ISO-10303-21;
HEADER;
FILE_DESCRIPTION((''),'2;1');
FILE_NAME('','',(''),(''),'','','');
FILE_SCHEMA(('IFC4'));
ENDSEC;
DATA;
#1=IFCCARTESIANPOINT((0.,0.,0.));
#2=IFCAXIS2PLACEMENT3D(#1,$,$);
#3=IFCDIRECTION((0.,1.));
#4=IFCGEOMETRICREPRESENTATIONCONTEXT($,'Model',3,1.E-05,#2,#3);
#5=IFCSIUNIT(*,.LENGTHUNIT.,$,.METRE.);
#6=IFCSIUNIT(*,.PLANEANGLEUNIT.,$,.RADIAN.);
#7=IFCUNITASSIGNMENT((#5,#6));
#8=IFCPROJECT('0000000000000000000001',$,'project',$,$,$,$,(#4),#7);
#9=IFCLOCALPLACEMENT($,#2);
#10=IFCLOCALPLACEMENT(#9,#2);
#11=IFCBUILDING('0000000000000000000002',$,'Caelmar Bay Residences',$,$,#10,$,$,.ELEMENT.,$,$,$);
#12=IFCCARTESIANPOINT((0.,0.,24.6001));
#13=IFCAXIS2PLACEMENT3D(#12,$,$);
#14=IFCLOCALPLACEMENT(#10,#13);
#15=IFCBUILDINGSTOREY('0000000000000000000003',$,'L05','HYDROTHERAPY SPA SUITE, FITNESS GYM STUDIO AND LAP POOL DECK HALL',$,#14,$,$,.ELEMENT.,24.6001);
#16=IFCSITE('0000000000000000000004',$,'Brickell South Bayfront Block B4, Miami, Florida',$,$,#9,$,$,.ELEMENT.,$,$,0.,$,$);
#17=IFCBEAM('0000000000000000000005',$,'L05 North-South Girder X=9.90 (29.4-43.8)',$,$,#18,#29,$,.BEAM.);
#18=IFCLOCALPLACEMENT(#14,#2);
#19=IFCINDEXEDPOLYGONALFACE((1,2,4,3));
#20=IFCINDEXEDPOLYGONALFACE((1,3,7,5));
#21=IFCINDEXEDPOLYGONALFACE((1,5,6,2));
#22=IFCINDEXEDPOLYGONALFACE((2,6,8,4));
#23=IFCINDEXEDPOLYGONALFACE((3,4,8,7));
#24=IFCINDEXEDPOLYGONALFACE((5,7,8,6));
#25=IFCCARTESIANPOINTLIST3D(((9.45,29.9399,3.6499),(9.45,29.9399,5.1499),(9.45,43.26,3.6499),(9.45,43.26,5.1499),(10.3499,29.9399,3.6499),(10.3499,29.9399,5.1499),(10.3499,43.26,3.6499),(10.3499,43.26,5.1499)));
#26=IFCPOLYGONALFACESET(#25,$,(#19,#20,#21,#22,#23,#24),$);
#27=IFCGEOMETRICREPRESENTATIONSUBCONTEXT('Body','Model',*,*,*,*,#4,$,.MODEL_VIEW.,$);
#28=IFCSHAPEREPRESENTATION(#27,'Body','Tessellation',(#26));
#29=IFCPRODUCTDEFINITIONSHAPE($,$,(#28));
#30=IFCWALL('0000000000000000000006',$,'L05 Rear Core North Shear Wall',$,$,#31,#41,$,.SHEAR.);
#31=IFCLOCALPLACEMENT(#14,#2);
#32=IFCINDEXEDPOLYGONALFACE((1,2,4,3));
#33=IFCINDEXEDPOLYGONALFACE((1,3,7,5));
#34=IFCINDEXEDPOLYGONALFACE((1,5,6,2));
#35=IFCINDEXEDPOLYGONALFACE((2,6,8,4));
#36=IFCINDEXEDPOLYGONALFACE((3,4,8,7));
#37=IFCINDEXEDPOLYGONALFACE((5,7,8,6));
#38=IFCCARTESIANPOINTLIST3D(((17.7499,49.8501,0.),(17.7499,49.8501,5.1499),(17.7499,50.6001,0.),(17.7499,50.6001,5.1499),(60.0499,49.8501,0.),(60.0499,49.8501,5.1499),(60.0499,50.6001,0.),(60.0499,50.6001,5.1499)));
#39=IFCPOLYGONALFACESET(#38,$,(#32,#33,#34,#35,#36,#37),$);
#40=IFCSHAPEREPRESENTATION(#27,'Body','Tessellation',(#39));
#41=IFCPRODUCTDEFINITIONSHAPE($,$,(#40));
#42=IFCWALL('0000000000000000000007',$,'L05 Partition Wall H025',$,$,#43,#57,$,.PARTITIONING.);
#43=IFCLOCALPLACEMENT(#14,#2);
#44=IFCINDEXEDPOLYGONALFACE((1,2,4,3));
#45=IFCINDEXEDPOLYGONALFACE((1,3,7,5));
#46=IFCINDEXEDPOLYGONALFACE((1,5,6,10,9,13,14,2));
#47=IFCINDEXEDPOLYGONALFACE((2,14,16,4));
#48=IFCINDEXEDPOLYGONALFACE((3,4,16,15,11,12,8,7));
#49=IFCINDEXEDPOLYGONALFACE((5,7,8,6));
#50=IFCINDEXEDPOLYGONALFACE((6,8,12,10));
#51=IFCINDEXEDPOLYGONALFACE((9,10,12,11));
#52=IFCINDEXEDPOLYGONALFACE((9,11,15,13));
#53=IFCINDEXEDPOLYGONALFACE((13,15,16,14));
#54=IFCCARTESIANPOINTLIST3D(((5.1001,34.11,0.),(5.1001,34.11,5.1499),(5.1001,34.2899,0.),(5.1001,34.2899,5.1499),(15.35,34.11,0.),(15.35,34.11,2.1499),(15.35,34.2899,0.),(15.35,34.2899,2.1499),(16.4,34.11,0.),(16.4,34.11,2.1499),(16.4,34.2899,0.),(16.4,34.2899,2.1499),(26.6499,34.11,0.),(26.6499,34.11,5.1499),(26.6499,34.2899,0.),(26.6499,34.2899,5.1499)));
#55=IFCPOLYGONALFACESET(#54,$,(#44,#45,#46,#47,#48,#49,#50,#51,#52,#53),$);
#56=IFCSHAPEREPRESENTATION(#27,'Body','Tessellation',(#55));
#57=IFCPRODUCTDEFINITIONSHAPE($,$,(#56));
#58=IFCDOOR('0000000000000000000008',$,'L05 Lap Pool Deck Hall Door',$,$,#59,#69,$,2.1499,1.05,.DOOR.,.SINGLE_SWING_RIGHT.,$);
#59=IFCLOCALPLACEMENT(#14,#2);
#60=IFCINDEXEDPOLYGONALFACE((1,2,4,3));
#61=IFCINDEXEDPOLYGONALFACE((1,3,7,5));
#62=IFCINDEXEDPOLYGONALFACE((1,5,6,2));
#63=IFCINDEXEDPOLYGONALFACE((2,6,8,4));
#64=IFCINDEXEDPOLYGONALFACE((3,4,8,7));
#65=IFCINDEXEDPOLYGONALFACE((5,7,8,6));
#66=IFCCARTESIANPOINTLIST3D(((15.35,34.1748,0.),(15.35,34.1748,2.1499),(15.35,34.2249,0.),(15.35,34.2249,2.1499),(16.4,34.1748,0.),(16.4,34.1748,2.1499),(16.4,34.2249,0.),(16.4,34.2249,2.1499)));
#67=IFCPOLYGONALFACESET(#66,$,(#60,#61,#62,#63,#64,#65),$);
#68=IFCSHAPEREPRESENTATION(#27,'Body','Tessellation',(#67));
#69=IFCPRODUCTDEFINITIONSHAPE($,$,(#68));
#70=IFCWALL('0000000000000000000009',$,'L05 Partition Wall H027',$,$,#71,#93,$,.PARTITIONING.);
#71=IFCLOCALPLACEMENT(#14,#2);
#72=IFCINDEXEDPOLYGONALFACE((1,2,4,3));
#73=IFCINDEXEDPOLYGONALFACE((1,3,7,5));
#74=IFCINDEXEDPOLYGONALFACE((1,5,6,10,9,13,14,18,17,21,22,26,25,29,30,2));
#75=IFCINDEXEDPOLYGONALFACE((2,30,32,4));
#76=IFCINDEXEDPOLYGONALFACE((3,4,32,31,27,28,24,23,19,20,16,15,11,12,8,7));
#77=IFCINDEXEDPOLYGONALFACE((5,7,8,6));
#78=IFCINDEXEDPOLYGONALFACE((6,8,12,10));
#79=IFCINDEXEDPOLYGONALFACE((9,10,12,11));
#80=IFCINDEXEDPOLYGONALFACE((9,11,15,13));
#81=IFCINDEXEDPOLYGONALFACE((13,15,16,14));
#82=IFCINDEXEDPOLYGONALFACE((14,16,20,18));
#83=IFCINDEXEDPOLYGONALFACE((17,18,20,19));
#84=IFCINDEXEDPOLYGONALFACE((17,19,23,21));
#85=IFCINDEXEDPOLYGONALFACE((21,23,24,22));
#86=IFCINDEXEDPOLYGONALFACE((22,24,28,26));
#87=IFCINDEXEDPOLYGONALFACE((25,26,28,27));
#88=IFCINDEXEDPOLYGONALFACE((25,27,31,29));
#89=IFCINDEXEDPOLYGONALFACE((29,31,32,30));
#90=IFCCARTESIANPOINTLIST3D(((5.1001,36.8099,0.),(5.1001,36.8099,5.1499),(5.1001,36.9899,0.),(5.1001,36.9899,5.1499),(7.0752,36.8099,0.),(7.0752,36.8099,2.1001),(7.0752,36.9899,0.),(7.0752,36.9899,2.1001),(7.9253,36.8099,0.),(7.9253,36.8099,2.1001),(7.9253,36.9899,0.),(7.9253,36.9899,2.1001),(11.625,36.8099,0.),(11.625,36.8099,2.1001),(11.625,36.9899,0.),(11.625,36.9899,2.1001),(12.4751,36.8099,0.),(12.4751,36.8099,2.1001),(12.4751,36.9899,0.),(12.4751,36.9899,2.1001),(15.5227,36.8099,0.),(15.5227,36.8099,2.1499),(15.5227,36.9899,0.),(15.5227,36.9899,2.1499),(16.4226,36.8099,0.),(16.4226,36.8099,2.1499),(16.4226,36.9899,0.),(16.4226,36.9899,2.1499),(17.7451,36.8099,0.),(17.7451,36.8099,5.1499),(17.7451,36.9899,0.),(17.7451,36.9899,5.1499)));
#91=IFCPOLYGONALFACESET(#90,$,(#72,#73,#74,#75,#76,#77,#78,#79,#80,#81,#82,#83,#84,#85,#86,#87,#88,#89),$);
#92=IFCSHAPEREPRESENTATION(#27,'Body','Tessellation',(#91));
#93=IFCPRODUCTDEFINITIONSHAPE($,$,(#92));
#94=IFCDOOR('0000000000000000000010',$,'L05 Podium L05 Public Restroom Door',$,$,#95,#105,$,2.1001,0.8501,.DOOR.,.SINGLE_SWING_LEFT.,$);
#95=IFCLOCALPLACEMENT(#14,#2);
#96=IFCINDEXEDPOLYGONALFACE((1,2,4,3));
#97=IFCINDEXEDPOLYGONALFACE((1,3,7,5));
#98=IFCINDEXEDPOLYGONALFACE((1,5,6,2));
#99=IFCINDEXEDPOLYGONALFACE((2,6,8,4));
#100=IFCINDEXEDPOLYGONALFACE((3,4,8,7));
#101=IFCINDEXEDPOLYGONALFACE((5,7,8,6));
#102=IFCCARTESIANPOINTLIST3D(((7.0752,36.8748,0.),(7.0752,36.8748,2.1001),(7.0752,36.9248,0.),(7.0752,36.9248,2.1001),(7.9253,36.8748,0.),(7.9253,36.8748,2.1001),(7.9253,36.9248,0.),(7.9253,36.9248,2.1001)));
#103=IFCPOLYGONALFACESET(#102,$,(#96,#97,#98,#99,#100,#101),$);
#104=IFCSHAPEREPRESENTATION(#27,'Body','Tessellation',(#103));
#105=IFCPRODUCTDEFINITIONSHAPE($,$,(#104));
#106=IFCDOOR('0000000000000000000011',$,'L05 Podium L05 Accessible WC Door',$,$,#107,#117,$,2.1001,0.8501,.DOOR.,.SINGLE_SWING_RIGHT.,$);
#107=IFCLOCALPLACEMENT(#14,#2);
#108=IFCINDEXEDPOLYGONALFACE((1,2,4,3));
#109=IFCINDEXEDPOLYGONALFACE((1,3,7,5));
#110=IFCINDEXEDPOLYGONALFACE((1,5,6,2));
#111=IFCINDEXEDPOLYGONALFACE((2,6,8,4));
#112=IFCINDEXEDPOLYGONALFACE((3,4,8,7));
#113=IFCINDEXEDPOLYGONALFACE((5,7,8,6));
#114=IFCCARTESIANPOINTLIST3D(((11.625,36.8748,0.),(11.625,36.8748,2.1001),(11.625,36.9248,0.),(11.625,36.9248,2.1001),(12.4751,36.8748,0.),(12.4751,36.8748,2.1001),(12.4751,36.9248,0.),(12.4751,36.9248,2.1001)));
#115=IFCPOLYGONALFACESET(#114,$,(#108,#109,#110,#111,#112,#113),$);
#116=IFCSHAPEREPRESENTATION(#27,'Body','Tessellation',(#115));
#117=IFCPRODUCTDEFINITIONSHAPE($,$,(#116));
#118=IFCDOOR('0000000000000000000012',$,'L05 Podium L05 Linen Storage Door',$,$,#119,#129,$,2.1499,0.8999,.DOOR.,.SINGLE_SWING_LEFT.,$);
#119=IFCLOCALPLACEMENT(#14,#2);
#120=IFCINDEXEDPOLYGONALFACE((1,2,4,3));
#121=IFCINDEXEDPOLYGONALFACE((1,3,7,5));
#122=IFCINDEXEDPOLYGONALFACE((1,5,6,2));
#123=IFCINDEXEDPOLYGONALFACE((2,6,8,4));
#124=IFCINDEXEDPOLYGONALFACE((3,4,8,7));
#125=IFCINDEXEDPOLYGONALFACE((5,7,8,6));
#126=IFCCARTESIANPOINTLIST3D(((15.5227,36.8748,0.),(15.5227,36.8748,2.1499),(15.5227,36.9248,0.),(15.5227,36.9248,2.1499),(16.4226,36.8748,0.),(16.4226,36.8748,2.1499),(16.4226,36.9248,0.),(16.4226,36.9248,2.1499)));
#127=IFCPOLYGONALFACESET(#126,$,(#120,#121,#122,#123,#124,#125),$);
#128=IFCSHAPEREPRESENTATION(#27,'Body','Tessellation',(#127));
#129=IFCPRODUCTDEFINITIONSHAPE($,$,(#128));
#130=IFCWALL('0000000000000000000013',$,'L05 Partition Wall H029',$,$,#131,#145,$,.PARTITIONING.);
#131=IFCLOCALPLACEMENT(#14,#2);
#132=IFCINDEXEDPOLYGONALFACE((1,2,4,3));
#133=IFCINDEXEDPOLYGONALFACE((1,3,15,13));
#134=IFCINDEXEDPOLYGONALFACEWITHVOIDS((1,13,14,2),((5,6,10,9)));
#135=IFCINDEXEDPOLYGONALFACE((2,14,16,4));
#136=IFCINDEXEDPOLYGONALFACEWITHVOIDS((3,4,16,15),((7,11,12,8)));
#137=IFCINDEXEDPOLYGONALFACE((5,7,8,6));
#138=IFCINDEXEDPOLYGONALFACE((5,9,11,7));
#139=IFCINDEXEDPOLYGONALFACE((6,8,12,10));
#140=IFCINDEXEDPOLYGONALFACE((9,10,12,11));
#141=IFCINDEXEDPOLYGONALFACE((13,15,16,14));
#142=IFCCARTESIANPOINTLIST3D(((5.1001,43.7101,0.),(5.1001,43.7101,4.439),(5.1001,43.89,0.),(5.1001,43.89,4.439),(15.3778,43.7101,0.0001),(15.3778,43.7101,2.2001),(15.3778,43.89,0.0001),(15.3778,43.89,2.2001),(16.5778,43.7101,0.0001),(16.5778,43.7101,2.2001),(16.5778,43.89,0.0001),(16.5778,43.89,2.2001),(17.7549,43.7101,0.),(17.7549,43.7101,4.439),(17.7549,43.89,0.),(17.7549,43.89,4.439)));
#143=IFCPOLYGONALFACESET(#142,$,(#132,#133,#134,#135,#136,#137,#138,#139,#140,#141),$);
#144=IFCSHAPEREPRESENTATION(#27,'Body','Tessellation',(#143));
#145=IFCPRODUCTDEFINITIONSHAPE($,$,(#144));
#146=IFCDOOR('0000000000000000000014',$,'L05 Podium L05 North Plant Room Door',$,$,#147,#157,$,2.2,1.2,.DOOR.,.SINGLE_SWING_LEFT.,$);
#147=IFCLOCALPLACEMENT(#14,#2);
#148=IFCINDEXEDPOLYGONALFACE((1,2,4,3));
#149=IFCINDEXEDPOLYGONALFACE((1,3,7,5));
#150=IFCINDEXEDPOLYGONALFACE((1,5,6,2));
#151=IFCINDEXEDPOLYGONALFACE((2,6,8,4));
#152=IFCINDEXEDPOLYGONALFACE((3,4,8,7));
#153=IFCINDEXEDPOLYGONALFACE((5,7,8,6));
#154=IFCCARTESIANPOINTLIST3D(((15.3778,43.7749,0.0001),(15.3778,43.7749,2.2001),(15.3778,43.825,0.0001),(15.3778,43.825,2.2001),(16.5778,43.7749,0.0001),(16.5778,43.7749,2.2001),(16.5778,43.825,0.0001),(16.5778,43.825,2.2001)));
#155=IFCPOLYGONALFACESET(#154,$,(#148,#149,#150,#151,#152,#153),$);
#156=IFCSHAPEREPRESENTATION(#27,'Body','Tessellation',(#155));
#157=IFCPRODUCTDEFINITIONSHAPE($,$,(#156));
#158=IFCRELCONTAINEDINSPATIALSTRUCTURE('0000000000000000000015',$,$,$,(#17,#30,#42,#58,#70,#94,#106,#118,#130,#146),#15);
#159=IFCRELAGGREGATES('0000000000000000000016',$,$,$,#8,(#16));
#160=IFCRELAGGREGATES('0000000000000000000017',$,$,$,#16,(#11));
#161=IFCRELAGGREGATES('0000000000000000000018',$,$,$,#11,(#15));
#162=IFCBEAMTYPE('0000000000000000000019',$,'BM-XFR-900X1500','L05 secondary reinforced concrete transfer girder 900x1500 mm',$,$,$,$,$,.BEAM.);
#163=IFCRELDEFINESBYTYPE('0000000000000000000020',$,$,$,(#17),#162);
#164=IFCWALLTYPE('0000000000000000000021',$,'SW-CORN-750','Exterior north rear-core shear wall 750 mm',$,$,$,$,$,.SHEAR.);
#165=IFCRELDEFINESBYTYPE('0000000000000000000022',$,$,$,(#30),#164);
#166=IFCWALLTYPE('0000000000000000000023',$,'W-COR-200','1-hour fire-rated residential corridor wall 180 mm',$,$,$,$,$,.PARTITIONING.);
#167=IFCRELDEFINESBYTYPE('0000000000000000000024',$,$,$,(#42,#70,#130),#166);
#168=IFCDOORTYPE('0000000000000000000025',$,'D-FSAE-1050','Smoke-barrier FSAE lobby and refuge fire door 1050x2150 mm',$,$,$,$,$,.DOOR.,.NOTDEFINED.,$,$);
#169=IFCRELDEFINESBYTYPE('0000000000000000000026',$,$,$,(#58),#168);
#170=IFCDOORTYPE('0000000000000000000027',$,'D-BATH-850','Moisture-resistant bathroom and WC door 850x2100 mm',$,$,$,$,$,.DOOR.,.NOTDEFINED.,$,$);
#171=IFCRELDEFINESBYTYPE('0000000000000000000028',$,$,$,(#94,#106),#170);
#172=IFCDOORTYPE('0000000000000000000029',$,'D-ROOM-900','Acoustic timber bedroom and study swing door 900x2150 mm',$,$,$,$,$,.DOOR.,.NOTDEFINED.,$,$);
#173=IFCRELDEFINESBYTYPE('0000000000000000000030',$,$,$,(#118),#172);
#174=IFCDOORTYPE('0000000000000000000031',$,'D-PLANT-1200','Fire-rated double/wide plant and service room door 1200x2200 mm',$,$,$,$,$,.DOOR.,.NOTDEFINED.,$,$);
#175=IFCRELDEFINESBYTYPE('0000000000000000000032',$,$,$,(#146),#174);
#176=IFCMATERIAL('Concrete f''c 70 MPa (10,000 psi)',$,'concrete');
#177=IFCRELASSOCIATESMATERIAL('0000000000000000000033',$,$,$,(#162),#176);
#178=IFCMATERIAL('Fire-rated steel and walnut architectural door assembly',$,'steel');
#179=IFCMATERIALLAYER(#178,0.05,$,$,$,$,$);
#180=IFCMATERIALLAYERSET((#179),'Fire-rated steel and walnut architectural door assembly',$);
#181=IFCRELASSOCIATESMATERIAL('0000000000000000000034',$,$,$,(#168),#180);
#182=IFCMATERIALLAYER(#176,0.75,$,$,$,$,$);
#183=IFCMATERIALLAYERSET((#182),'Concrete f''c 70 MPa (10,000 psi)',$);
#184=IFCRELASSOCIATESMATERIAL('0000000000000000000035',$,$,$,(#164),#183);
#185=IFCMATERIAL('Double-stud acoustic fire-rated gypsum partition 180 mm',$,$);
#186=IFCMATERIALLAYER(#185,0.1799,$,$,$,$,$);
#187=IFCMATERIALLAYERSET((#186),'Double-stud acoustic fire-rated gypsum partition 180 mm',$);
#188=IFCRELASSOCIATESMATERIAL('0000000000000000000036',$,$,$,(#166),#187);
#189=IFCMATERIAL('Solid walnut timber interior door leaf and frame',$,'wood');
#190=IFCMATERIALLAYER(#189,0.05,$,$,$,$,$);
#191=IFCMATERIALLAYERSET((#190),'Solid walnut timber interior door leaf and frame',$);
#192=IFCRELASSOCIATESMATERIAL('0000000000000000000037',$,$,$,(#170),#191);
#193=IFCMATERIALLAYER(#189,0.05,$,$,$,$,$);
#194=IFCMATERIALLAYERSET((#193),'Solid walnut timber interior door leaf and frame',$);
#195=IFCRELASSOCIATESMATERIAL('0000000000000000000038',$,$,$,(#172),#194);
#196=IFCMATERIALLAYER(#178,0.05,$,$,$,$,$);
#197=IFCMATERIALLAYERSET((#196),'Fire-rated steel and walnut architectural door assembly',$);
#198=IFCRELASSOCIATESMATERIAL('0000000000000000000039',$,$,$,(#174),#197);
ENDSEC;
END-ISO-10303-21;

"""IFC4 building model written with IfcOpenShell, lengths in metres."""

from ifc_helpers import new_model, si_unit, direction, frame, frame_2d, origin, origin_2d, place, context, subcontext, project, spatial, rectangle, extrude, material, layer, layer_set, material_profile, profile_set, type_object, element, fill, save


model = new_model("IFC4")

# Units and contexts
model_context = context("Model", 3, precision=1e-05, world=origin(), true_north=direction((0.0, 1.0)))
body_context = subcontext(model_context, "Body", "Model", "MODEL_VIEW")
ifc_project = project(units=[si_unit("LENGTHUNIT", "METRE"), si_unit("PLANEANGLEUNIT", "RADIAN")], contexts=[model_context])

# Site, building, storey
site_placement = place(None, origin())
site = spatial("IfcSite", under=ifc_project, at=site_placement, Name="Brickell South Bayfront Block B4, Miami, Florida", CompositionType="ELEMENT", RefElevation=0.0)
building_placement = place(site_placement, origin())
building = spatial("IfcBuilding", under=site, at=building_placement, Name="Caelmar Bay Residences", CompositionType="ELEMENT")
storey_placement = place(building_placement, frame((0.0, 0.0, 24.6001)))
storey = spatial("IfcBuildingStorey", under=building, at=storey_placement, Name="L05", Description="HYDROTHERAPY SPA SUITE, FITNESS GYM STUDIO AND LAP POOL DECK HALL", CompositionType="ELEMENT", Elevation=24.6001)

# Shared definitions
ifc_material_1 = material(Name="Concrete f'c 70 MPa (10,000 psi)", Category="concrete")

# Beam
ifc_material_profile_1 = material_profile(ifc_material_1, rectangle(XDim=0.8999, YDim=1.5, at=origin_2d()), Name="RC-BM-900X1500")
ifc_profile_set_1 = profile_set([ifc_material_profile_1], Name="Concrete f'c 70 MPa (10,000 psi)")
beam_type_1 = type_object("IfcBeamType", Name="BM-XFR-900X1500", Description="L05 secondary reinforced concrete transfer girder 900x1500 mm", PredefinedType="BEAM", material=ifc_profile_set_1)
beam_1_placement = place(storey_placement, frame((9.8999, 29.9399, 4.3999), z_axis=(0.0, 1.0, 0.0), x_axis=(-1.0, 0.0, 0.0)))
element("IfcBeam", 1, at=beam_1_placement, inside=storey, type_object=beam_type_1, Name="L05 North-South Girder X=9.90 (29.4-43.8)", PredefinedType="BEAM", context=body_context, shape_type="SweptSolid", body=[
    extrude(rectangle(XDim=0.8999, YDim=1.5, at=origin_2d()), origin(), (0.0, 0.0, 1.0), 13.3201),
])

# Shared definitions
ifc_material_2 = material(Name="Fire-rated steel and walnut architectural door assembly", Category="steel")
ifc_layer_1 = layer(ifc_material_2, 0.05)
ifc_layer_set_1 = layer_set([ifc_layer_1], Name="Fire-rated steel and walnut architectural door assembly")
door_type_1 = type_object("IfcDoorType", Name="D-FSAE-1050", Description="Smoke-barrier FSAE lobby and refuge fire door 1050x2150 mm", OperationType="NOTDEFINED", PredefinedType="DOOR", material=ifc_layer_set_1)

# Wall
ifc_layer_2 = layer(ifc_material_1, 0.75)
ifc_layer_set_2 = layer_set([ifc_layer_2], Name="Concrete f'c 70 MPa (10,000 psi)")
wall_type_1 = type_object("IfcWallType", Name="SW-CORN-750", Description="Exterior north rear-core shear wall 750 mm", PredefinedType="SHEAR", material=ifc_layer_set_2)
wall_1_placement = place(storey_placement, frame((17.75, 50.2251, 0.0), z_axis=(0.0, 0.0, 1.0), x_axis=(1.0, 0.0, 0.0)))
element("IfcWall", 2, at=wall_1_placement, inside=storey, type_object=wall_type_1, Name="L05 Rear Core North Shear Wall", PredefinedType="SHEAR", context=body_context, shape_type="SweptSolid", body=[
    extrude(rectangle(XDim=42.3, YDim=0.75, at=frame_2d((21.1499, 0.0))), origin(), (0.0, 0.0, 1.0), 5.1499),
])

# Wall, opening, door
ifc_material_3 = material(Name="Double-stud acoustic fire-rated gypsum partition 180 mm")
ifc_layer_3 = layer(ifc_material_3, 0.1799)
ifc_layer_set_3 = layer_set([ifc_layer_3], Name="Double-stud acoustic fire-rated gypsum partition 180 mm")
wall_type_2 = type_object("IfcWallType", Name="W-COR-200", Description="1-hour fire-rated residential corridor wall 180 mm", PredefinedType="PARTITIONING", material=ifc_layer_set_3)
wall_2_placement = place(storey_placement, frame((5.1001, 34.2, 0.0), z_axis=(0.0, 0.0, 1.0), x_axis=(1.0, 0.0, 0.0)))
wall_2 = element("IfcWall", 3, at=wall_2_placement, inside=storey, type_object=wall_type_2, Name="L05 Partition Wall H025", PredefinedType="PARTITIONING", context=body_context, shape_type="SweptSolid", body=[
    extrude(rectangle(XDim=21.5498, YDim=0.1799, at=frame_2d((10.7749, 0.0))), origin(), (0.0, 0.0, 1.0), 5.1499),
])
opening_1_placement = place(wall_2_placement, frame((10.25, 0.0, 0.0)))
opening_1 = element("IfcOpeningElement", 4, at=opening_1_placement, cuts=wall_2, PredefinedType="OPENING", context=body_context, shape_type="SweptSolid", body=[
    extrude(rectangle(XDim=1.05, YDim=2.1499, at=frame_2d((0.5249, 1.075))), frame((0.0, 0.0999, 0.0), z_axis=(0.0, -1.0, 0.0), x_axis=(1.0, 0.0, 0.0)), (0.0, 0.0, 1.0), 0.2),
])
door_1_placement = place(opening_1_placement, origin())
door_1 = element("IfcDoor", 5, at=door_1_placement, inside=storey, type_object=door_type_1, Name="L05 Lap Pool Deck Hall Door", OperationType="SINGLE_SWING_RIGHT", OverallHeight=2.1499, OverallWidth=1.05, PredefinedType="DOOR", context=body_context, shape_type="SweptSolid", body=[
    extrude(rectangle(XDim=1.05, YDim=2.1499, at=frame_2d((0.5249, 1.075))), frame((0.0, 0.0249, 0.0), z_axis=(0.0, -1.0, 0.0), x_axis=(1.0, 0.0, 0.0)), (0.0, 0.0, 1.0), 0.05),
])
fill(opening_1, door_1)

# Wall, openings, doors
wall_3_placement = place(storey_placement, frame((5.1001, 36.8999, 0.0), z_axis=(0.0, 0.0, 1.0), x_axis=(1.0, 0.0, 0.0)))
wall_3 = element("IfcWall", 6, at=wall_3_placement, inside=storey, type_object=wall_type_2, Name="L05 Partition Wall H027", PredefinedType="PARTITIONING", context=body_context, shape_type="SweptSolid", body=[
    extrude(rectangle(XDim=12.645, YDim=0.1799, at=frame_2d((6.3225, 0.0))), origin(), (0.0, 0.0, 1.0), 5.1499),
])
opening_2_placement = place(wall_3_placement, frame((1.9751, 0.0, 0.0)))
opening_2 = element("IfcOpeningElement", 7, at=opening_2_placement, cuts=wall_3, PredefinedType="OPENING", context=body_context, shape_type="SweptSolid", body=[
    extrude(rectangle(XDim=0.8501, YDim=2.1001, at=frame_2d((0.425, 1.05))), frame((0.0, 0.0999, 0.0), z_axis=(0.0, -1.0, 0.0), x_axis=(1.0, 0.0, 0.0)), (0.0, 0.0, 1.0), 0.2),
])
opening_3_placement = place(wall_3_placement, frame((6.5249, 0.0, 0.0)))
opening_3 = element("IfcOpeningElement", 8, at=opening_3_placement, cuts=wall_3, PredefinedType="OPENING", context=body_context, shape_type="SweptSolid", body=[
    extrude(rectangle(XDim=0.8501, YDim=2.1001, at=frame_2d((0.425, 1.05))), frame((0.0, 0.0999, 0.0), z_axis=(0.0, -1.0, 0.0), x_axis=(1.0, 0.0, 0.0)), (0.0, 0.0, 1.0), 0.2),
])
opening_4_placement = place(wall_3_placement, frame((10.4226, 0.0, 0.0)))
opening_4 = element("IfcOpeningElement", 9, at=opening_4_placement, cuts=wall_3, PredefinedType="OPENING", context=body_context, shape_type="SweptSolid", body=[
    extrude(rectangle(XDim=0.8999, YDim=2.1499, at=frame_2d((0.45, 1.075))), frame((0.0, 0.0999, 0.0), z_axis=(0.0, -1.0, 0.0), x_axis=(1.0, 0.0, 0.0)), (0.0, 0.0, 1.0), 0.2),
])
ifc_material_4 = material(Name="Solid walnut timber interior door leaf and frame", Category="wood")
ifc_layer_4 = layer(ifc_material_4, 0.05)
ifc_layer_set_4 = layer_set([ifc_layer_4], Name="Solid walnut timber interior door leaf and frame")
door_type_2 = type_object("IfcDoorType", Name="D-BATH-850", Description="Moisture-resistant bathroom and WC door 850x2100 mm", OperationType="NOTDEFINED", PredefinedType="DOOR", material=ifc_layer_set_4)
door_2_placement = place(opening_2_placement, origin())
door_2 = element("IfcDoor", 10, at=door_2_placement, inside=storey, type_object=door_type_2, Name="L05 Podium L05 Public Restroom Door", OperationType="SINGLE_SWING_LEFT", OverallHeight=2.1001, OverallWidth=0.8501, PredefinedType="DOOR", context=body_context, shape_type="SweptSolid", body=[
    extrude(rectangle(XDim=0.8501, YDim=2.1001, at=frame_2d((0.425, 1.05))), frame((0.0, 0.0249, 0.0), z_axis=(0.0, -1.0, 0.0), x_axis=(1.0, 0.0, 0.0)), (0.0, 0.0, 1.0), 0.05),
])
fill(opening_2, door_2)
door_3_placement = place(opening_3_placement, origin())
door_3 = element("IfcDoor", 11, at=door_3_placement, inside=storey, type_object=door_type_2, Name="L05 Podium L05 Accessible WC Door", OperationType="SINGLE_SWING_RIGHT", OverallHeight=2.1001, OverallWidth=0.8501, PredefinedType="DOOR", context=body_context, shape_type="SweptSolid", body=[
    extrude(rectangle(XDim=0.8501, YDim=2.1001, at=frame_2d((0.425, 1.05))), frame((0.0, 0.0249, 0.0), z_axis=(0.0, -1.0, 0.0), x_axis=(1.0, 0.0, 0.0)), (0.0, 0.0, 1.0), 0.05),
])
fill(opening_3, door_3)
ifc_layer_5 = layer(ifc_material_4, 0.05)
ifc_layer_set_5 = layer_set([ifc_layer_5], Name="Solid walnut timber interior door leaf and frame")
door_type_3 = type_object("IfcDoorType", Name="D-ROOM-900", Description="Acoustic timber bedroom and study swing door 900x2150 mm", OperationType="NOTDEFINED", PredefinedType="DOOR", material=ifc_layer_set_5)
door_4_placement = place(opening_4_placement, origin())
door_4 = element("IfcDoor", 12, at=door_4_placement, inside=storey, type_object=door_type_3, Name="L05 Podium L05 Linen Storage Door", OperationType="SINGLE_SWING_LEFT", OverallHeight=2.1499, OverallWidth=0.8999, PredefinedType="DOOR", context=body_context, shape_type="SweptSolid", body=[
    extrude(rectangle(XDim=0.8999, YDim=2.1499, at=frame_2d((0.45, 1.075))), frame((0.0, 0.0249, 0.0), z_axis=(0.0, -1.0, 0.0), x_axis=(1.0, 0.0, 0.0)), (0.0, 0.0, 1.0), 0.05),
])
fill(opening_4, door_4)

# Wall, opening, door
wall_4_placement = place(storey_placement, frame((5.1001, 43.8, 0.0), z_axis=(0.0, 0.0, 1.0), x_axis=(1.0, 0.0, 0.0)))
wall_4 = element("IfcWall", 13, at=wall_4_placement, inside=storey, type_object=wall_type_2, Name="L05 Partition Wall H029", PredefinedType="PARTITIONING", context=body_context, shape_type="SweptSolid", body=[
    extrude(rectangle(XDim=12.6548, YDim=0.1799, at=frame_2d((6.3274, 0.0))), origin(), (0.0, 0.0, 1.0), 4.439),
])
opening_5_placement = place(wall_4_placement, frame((10.2776, 0.0, 0.0)))
opening_5 = element("IfcOpeningElement", 14, at=opening_5_placement, cuts=wall_4, PredefinedType="OPENING", context=body_context, shape_type="SweptSolid", body=[
    extrude(rectangle(XDim=1.2, YDim=2.2, at=frame_2d((0.6001, 1.1001))), frame((0.0, 0.0999, 0.0), z_axis=(0.0, -1.0, 0.0), x_axis=(1.0, 0.0, 0.0)), (0.0, 0.0, 1.0), 0.2),
])
ifc_layer_6 = layer(ifc_material_2, 0.05)
ifc_layer_set_6 = layer_set([ifc_layer_6], Name="Fire-rated steel and walnut architectural door assembly")
door_type_4 = type_object("IfcDoorType", Name="D-PLANT-1200", Description="Fire-rated double/wide plant and service room door 1200x2200 mm", OperationType="NOTDEFINED", PredefinedType="DOOR", material=ifc_layer_set_6)
door_5_placement = place(opening_5_placement, origin())
door_5 = element("IfcDoor", 15, at=door_5_placement, inside=storey, type_object=door_type_4, Name="L05 Podium L05 North Plant Room Door", OperationType="SINGLE_SWING_LEFT", OverallHeight=2.2, OverallWidth=1.2, PredefinedType="DOOR", context=body_context, shape_type="SweptSolid", body=[
    extrude(rectangle(XDim=1.2, YDim=2.2, at=frame_2d((0.6001, 1.1001))), frame((0.0, 0.0249, 0.0), z_axis=(0.0, -1.0, 0.0), x_axis=(1.0, 0.0, 0.0)), (0.0, 0.0, 1.0), 0.05),
])
fill(opening_5, door_5)

save(model, "model.ifc")
